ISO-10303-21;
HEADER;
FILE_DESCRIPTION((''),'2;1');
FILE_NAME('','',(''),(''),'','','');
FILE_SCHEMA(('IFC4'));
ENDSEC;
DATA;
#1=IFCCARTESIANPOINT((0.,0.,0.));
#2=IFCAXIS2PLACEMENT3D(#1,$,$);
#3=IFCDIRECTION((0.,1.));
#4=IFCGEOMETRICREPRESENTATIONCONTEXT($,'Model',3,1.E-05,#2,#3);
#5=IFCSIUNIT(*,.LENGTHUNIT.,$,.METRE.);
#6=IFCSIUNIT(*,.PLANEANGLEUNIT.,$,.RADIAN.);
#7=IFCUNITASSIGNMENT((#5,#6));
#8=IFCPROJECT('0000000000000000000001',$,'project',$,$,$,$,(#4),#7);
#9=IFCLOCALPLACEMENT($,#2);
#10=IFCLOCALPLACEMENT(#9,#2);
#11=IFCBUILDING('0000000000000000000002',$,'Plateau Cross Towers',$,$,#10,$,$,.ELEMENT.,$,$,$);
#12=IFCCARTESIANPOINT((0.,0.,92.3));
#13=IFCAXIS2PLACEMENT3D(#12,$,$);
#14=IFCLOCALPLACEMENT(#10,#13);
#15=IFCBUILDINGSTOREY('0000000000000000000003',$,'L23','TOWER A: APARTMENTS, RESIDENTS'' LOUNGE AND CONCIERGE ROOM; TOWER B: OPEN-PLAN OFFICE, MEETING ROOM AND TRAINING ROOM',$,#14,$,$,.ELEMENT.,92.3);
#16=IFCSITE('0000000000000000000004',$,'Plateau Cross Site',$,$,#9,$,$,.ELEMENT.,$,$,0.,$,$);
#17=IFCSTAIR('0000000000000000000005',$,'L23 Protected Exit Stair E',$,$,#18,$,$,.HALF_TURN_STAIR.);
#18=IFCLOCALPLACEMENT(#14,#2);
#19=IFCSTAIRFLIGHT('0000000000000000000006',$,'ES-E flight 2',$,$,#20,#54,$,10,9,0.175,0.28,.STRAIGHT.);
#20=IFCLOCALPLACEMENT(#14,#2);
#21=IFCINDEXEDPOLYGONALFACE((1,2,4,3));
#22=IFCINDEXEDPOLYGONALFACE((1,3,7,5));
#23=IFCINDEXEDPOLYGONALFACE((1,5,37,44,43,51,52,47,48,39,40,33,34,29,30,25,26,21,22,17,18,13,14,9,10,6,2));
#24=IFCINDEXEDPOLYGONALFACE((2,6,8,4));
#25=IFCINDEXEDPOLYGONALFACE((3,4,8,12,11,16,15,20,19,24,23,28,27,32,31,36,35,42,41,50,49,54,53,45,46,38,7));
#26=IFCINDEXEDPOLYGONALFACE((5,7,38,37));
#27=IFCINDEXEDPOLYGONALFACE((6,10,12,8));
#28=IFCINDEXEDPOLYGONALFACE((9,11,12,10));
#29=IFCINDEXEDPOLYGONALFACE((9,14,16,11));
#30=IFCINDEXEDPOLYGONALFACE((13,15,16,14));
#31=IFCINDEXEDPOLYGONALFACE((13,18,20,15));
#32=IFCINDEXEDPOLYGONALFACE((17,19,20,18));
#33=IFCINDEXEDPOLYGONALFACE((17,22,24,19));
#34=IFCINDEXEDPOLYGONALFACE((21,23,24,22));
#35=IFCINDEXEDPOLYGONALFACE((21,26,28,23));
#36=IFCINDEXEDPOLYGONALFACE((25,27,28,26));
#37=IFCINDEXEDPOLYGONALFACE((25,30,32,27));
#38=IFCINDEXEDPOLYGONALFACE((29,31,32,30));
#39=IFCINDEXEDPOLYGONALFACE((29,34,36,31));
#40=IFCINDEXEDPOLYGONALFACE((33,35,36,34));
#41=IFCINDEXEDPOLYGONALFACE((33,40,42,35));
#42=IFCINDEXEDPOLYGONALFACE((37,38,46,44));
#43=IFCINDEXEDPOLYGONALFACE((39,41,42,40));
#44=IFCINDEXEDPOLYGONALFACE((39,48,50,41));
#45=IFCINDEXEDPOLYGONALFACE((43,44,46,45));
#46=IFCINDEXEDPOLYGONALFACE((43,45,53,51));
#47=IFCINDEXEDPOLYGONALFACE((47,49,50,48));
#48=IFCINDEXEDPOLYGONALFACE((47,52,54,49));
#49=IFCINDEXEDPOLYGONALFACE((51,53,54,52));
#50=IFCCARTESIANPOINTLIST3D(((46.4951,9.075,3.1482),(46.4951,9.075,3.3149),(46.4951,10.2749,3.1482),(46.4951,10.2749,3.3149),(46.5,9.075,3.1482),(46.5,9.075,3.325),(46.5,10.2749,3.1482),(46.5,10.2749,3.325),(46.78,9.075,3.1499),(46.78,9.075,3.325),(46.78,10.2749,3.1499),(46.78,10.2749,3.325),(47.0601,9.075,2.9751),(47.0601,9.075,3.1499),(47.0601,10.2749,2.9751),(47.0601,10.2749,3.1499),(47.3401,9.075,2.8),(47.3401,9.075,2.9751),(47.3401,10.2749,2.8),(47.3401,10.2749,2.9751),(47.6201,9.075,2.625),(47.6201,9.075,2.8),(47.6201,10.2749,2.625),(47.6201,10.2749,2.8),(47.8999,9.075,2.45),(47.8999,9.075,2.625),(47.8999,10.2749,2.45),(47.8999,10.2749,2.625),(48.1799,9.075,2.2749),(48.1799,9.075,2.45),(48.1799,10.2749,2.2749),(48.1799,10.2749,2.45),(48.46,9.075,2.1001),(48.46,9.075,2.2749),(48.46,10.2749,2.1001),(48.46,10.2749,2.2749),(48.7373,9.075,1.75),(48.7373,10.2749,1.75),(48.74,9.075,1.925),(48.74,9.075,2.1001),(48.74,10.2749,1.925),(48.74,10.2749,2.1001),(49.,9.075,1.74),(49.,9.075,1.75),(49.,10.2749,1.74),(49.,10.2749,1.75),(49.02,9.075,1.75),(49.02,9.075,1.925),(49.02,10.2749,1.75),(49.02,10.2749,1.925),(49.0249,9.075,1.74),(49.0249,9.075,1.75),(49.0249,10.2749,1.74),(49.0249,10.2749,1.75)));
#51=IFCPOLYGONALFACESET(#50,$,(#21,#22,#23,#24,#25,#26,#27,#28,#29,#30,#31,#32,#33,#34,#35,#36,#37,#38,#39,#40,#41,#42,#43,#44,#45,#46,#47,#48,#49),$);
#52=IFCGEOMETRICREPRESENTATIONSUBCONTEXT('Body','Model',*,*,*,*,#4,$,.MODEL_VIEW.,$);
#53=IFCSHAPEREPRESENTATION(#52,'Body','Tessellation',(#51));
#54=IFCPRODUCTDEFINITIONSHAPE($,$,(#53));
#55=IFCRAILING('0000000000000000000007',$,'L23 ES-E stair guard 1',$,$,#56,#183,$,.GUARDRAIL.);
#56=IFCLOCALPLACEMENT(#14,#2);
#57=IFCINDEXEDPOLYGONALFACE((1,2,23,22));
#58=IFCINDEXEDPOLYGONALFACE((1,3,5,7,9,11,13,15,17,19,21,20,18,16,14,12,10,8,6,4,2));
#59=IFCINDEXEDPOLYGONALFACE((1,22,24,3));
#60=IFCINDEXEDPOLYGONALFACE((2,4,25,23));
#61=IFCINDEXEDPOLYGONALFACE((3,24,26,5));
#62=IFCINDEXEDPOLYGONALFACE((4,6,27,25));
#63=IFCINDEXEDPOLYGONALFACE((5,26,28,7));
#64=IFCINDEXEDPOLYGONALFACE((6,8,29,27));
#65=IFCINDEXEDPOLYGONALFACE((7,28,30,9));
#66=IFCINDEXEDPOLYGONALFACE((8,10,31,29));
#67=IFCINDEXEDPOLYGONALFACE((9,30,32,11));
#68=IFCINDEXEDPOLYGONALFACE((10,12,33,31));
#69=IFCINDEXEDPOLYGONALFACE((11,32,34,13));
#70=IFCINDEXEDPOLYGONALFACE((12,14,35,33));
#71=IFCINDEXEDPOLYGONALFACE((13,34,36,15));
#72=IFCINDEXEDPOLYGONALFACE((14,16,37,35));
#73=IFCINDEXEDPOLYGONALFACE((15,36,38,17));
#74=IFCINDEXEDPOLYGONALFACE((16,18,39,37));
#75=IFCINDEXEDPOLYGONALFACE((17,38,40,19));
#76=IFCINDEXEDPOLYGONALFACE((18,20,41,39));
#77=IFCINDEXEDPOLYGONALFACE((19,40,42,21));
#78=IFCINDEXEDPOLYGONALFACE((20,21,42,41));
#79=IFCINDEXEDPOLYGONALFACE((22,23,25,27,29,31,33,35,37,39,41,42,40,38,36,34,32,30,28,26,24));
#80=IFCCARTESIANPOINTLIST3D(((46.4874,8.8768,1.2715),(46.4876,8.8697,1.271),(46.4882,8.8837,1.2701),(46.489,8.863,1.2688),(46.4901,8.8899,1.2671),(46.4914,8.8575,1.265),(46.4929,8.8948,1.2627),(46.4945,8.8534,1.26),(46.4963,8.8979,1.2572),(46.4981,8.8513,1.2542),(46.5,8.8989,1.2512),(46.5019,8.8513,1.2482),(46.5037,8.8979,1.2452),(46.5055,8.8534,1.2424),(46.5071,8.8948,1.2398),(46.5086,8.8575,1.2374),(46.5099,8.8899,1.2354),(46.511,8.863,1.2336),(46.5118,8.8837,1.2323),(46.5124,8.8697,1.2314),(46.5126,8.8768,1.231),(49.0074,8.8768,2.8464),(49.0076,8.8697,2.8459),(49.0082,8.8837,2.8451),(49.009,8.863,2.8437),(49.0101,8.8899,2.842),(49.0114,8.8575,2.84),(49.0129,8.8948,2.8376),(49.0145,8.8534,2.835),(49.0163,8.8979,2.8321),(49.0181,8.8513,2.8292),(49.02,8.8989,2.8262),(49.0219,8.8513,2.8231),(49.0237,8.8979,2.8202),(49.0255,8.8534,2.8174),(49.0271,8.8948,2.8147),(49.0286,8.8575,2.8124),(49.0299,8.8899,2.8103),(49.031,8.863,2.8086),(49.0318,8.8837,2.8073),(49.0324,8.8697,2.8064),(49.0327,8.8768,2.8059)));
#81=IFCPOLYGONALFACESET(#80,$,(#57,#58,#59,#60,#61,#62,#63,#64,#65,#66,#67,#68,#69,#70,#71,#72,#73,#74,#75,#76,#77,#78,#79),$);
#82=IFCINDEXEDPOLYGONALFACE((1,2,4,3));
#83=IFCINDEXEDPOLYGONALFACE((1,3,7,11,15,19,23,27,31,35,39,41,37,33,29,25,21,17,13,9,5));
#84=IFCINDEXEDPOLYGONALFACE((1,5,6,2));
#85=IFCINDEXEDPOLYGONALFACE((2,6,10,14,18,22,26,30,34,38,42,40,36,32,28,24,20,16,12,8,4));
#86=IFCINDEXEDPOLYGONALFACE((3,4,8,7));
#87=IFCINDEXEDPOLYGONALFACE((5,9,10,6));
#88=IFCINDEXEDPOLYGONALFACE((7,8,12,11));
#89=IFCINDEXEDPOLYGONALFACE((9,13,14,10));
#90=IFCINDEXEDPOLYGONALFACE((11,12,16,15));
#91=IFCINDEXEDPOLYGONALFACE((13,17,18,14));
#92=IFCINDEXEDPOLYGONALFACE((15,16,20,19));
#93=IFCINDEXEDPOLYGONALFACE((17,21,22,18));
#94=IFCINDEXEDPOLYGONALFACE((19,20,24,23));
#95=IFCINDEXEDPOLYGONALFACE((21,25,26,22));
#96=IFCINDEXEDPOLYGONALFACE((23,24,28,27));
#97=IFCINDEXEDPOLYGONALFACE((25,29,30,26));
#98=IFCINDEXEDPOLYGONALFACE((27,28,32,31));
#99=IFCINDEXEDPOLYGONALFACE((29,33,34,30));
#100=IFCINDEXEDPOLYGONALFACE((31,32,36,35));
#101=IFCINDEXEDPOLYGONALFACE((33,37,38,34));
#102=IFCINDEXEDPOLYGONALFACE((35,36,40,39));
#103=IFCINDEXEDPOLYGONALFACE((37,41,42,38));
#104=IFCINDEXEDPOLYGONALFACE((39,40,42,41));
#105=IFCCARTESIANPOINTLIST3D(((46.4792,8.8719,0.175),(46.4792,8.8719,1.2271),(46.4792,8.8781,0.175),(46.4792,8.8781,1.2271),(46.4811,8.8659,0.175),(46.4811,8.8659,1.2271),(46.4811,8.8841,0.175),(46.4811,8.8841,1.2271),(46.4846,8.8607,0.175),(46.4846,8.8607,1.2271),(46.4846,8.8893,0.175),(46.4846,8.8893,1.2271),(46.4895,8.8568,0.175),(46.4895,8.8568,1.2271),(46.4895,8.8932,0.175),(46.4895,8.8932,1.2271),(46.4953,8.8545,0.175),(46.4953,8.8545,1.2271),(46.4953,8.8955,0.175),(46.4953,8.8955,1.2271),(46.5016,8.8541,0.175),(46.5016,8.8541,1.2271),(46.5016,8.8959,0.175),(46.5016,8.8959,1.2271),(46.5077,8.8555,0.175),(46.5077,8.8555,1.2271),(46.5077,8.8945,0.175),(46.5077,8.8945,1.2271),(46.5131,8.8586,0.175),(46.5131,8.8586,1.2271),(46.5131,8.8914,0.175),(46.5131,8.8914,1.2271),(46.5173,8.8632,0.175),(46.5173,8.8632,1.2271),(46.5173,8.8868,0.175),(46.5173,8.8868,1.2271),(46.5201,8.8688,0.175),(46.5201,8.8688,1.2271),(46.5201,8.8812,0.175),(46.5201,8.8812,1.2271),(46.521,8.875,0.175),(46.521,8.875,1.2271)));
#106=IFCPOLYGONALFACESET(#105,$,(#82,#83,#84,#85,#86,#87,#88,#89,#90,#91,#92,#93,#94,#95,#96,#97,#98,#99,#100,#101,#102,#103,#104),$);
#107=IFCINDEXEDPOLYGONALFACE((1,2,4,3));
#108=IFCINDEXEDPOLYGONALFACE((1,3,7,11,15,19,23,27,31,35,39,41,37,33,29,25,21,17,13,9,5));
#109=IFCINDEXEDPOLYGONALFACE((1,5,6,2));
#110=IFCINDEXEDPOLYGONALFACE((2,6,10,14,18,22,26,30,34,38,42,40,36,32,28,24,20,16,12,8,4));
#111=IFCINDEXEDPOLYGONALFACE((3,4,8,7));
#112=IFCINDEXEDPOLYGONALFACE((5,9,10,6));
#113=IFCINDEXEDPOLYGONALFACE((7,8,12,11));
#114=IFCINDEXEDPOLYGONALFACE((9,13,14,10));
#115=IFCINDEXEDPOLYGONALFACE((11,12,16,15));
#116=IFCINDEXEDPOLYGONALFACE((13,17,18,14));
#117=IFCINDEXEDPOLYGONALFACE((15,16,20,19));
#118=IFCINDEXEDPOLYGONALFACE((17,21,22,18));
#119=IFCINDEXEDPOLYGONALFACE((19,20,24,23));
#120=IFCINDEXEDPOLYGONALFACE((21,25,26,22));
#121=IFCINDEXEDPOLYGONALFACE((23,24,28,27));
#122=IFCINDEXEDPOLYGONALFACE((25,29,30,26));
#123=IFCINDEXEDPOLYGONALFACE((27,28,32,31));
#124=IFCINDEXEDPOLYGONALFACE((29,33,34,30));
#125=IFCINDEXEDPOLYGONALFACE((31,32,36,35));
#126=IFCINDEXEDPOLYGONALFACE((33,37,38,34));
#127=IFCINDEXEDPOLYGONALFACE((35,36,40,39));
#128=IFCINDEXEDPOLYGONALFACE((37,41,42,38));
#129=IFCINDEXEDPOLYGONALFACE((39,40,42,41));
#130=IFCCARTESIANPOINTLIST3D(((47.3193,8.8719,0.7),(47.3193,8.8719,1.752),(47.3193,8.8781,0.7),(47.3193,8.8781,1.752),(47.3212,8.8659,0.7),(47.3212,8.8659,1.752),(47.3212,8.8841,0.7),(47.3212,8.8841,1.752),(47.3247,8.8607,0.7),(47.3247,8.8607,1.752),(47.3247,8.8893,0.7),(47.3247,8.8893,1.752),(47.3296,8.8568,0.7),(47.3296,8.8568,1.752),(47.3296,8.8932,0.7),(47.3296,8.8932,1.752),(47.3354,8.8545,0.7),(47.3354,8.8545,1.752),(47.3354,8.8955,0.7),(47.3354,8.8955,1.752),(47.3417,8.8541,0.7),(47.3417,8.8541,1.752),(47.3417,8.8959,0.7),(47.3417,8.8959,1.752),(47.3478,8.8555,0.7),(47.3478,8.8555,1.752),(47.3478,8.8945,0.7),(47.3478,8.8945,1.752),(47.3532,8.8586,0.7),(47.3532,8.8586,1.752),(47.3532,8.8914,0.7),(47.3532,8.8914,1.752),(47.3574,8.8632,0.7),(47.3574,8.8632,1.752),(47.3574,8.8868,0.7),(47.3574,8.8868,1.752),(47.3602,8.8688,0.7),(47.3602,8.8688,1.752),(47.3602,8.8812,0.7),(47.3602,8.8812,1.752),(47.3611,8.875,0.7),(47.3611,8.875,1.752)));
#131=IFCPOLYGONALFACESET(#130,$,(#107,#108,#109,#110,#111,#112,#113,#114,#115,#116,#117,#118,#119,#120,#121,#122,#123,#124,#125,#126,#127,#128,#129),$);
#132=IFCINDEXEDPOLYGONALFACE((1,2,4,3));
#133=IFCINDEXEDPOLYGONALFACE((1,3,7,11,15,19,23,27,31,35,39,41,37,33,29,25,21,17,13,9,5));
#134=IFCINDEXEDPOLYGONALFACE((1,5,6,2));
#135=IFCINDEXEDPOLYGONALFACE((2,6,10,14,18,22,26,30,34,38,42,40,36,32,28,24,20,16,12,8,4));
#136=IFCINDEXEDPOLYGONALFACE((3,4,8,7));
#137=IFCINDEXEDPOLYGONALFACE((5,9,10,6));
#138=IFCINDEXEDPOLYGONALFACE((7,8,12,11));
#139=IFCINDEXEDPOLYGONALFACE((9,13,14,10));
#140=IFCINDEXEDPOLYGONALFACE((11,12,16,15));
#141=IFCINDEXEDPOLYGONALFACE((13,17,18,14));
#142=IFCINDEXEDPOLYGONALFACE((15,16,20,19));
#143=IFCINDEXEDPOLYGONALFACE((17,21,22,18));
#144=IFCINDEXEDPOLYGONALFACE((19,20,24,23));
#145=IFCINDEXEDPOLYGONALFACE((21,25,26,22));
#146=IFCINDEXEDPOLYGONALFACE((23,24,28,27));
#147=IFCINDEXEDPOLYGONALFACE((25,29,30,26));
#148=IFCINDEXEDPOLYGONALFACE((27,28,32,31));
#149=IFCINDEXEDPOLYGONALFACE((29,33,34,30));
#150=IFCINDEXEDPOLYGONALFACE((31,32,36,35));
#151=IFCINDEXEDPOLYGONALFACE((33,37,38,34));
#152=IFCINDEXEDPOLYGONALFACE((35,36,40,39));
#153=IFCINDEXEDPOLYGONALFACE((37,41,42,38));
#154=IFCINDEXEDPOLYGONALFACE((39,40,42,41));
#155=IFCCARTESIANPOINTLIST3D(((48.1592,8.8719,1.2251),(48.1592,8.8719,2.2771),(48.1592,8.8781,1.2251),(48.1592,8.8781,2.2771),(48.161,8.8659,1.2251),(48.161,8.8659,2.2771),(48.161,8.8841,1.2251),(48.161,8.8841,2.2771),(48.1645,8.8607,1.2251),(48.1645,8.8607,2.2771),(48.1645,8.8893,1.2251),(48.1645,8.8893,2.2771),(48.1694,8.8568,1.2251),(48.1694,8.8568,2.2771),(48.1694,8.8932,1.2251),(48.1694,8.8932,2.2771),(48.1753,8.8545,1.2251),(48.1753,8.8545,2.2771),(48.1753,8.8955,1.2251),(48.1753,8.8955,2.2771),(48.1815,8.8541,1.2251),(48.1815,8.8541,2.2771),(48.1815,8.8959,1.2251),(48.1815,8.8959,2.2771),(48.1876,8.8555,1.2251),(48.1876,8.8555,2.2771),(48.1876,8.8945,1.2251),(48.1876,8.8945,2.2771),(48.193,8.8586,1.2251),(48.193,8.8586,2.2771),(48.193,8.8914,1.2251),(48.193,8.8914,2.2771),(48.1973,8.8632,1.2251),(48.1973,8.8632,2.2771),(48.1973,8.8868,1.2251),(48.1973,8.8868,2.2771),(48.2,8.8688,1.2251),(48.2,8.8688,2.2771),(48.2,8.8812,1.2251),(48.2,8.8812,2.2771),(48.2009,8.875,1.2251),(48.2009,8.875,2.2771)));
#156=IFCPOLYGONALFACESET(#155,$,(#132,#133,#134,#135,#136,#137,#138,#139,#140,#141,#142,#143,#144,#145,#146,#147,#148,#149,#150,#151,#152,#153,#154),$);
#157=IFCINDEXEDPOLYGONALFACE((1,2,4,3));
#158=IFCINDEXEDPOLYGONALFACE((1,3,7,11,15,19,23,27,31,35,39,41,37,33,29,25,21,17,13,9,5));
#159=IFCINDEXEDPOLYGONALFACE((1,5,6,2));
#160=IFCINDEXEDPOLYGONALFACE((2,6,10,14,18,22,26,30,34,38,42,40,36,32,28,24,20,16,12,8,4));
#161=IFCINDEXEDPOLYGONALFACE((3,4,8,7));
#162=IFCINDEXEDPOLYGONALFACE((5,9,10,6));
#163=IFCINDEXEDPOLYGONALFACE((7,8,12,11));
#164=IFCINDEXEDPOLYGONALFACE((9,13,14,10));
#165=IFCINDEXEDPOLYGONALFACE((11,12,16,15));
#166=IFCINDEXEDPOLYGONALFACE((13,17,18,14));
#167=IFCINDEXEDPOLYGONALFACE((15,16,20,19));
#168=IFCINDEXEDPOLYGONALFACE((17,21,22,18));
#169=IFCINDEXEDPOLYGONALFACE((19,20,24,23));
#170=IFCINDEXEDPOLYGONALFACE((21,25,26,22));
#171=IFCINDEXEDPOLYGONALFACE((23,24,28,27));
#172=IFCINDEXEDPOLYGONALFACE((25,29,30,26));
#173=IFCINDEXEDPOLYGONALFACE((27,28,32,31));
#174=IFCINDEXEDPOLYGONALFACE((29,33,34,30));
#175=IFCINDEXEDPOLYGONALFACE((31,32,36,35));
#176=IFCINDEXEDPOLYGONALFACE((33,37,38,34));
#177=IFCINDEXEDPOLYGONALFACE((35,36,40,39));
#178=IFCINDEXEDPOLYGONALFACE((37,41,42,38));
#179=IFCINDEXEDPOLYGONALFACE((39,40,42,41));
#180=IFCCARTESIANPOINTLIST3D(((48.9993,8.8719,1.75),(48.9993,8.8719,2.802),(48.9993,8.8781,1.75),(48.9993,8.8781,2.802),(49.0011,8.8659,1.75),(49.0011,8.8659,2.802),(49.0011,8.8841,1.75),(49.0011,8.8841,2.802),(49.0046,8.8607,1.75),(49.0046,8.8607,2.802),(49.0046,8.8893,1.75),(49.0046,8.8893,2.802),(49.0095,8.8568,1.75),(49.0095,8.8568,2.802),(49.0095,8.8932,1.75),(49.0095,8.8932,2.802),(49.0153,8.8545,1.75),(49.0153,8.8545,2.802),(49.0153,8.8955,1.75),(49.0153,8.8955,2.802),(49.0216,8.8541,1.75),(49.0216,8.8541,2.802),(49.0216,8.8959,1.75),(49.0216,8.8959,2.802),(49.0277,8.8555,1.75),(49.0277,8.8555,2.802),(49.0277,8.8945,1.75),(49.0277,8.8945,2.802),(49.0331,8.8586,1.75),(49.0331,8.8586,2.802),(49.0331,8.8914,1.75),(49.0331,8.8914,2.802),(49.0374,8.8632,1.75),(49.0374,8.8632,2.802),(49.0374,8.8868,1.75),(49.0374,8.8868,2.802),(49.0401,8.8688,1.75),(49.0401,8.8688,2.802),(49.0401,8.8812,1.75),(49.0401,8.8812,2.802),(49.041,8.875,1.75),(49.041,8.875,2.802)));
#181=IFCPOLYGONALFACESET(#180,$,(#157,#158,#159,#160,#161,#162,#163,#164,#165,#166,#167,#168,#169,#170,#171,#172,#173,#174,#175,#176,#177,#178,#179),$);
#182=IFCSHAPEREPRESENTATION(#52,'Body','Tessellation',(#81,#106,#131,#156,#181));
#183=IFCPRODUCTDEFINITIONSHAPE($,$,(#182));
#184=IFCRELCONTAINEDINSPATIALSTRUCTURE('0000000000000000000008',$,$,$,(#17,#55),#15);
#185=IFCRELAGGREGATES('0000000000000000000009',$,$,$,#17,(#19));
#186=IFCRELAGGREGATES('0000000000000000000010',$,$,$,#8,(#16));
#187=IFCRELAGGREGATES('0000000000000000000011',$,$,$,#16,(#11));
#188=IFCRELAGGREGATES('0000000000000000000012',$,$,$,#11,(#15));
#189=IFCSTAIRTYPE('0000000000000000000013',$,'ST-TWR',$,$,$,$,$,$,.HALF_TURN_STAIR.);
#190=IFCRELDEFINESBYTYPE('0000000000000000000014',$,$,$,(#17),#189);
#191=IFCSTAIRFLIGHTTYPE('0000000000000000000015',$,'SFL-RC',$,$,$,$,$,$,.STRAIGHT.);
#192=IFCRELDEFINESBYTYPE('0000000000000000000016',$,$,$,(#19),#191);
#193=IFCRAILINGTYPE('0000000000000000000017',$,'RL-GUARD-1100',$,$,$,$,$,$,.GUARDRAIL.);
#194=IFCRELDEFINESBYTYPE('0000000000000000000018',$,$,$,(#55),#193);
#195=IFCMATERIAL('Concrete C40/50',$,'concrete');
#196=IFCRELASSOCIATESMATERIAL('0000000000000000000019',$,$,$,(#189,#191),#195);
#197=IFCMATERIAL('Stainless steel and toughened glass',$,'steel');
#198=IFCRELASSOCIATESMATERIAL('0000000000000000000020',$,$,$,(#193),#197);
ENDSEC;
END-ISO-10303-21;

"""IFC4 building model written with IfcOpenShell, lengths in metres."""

from ifc_helpers import new_model, si_unit, direction, frame, origin, origin_2d, place, context, subcontext, project, spatial, polyline, circle, outline, extrude, material, type_object, element, aggregate, save


model = new_model("IFC4")

# Units and contexts
model_context = context("Model", 3, precision=1e-05, world=origin(), true_north=direction((0.0, 1.0)))
body_context = subcontext(model_context, "Body", "Model", "MODEL_VIEW")
ifc_project = project(units=[si_unit("LENGTHUNIT", "METRE"), si_unit("PLANEANGLEUNIT", "RADIAN")], contexts=[model_context])

# Site, building, storey
site_placement = place(None, origin())
site = spatial("IfcSite", under=ifc_project, at=site_placement, Name="Plateau Cross Site", CompositionType="ELEMENT", RefElevation=0.0)
building_placement = place(site_placement, origin())
building = spatial("IfcBuilding", under=site, at=building_placement, Name="Plateau Cross Towers", CompositionType="ELEMENT")
storey_placement = place(building_placement, frame((0.0, 0.0, 92.3)))
storey = spatial("IfcBuildingStorey", under=building, at=storey_placement, Name="L23", Description="TOWER A: APARTMENTS, RESIDENTS' LOUNGE AND CONCIERGE ROOM; TOWER B: OPEN-PLAN OFFICE, MEETING ROOM AND TRAINING ROOM", CompositionType="ELEMENT", Elevation=92.3)

# Stair, stair flight
ifc_material_1 = material(Name="Concrete C40/50", Category="concrete")
stair_type = type_object("IfcStairType", Name="ST-TWR", PredefinedType="HALF_TURN_STAIR", material=ifc_material_1)
stair_placement = place(storey_placement, origin())
stair = element("IfcStair", 1, at=stair_placement, inside=storey, type_object=stair_type, Name="L23 Protected Exit Stair E", PredefinedType="HALF_TURN_STAIR")
stair_flight_type = type_object("IfcStairFlightType", Name="SFL-RC", PredefinedType="STRAIGHT", material=ifc_material_1)
stair_flight_1_placement = place(storey_placement, frame((49.02, 9.675, 1.75), z_axis=(0.0, 0.0, 1.0), x_axis=(-1.0, 0.0, 0.0)))
stair_flight_1 = element("IfcStairFlight", 2, at=stair_flight_1_placement, type_object=stair_flight_type, Name="ES-E flight 2", NumberOfRisers=10, NumberOfTreads=9, PredefinedType="STRAIGHT", RiserHeight=0.175, TreadLength=0.28, context=body_context, shape_type="SweptSolid", body=[
    extrude(outline(polyline([(-0.0049, -0.01), (-0.0049, 0.0), (0.0, 0.0), (0.0, 0.175), (0.28, 0.175), (0.28, 0.3501), (0.5601, 0.3501), (0.5601, 0.5249), (0.8401, 0.5249), (0.8401, 0.7), (1.1201, 0.7), (1.1201, 0.875), (1.3999, 0.875), (1.3999, 1.05), (1.6799, 1.05), (1.6799, 1.2251), (1.96, 1.2251), (1.96, 1.3999), (2.24, 1.3999), (2.24, 1.575), (2.52, 1.575), (2.5249, 1.5649), (2.5249, 1.3982), (2.52, 1.3982), (0.2827, 0.0), (0.02, 0.0), (0.02, -0.01), (-0.0049, -0.01)])), frame((0.0, 0.6001, 0.0), z_axis=(0.0, -1.0, 0.0), x_axis=(1.0, 0.0, 0.0)), (0.0, 0.0, 1.0), 1.2),
])
aggregate(stair, [stair_flight_1])

# Railing
ifc_material_2 = material(Name="Stainless steel and toughened glass", Category="steel")
railing_type_1 = type_object("IfcRailingType", Name="RL-GUARD-1100", PredefinedType="GUARDRAIL", material=ifc_material_2)
railing_1_placement = place(storey_placement, frame((46.5, 8.875, 0.175)))
element("IfcRailing", 3, at=railing_1_placement, inside=storey, type_object=railing_type_1, Name="L23 ES-E stair guard 1", PredefinedType="GUARDRAIL", context=body_context, shape_type="SweptSolid", body=[
    extrude(circle(Radius=0.0239, at=origin_2d()), frame((0.0, 0.0, 1.0762), z_axis=(0.848008, 0.0, 0.529984), x_axis=(0.0, 1.0, 0.0)), (0.0, 0.0, 1.0), 2.9717),
    extrude(circle(Radius=0.021, at=origin_2d()), origin(), (0.0, 0.0, 1.0), 1.052),
    extrude(circle(Radius=0.021, at=origin_2d()), frame((0.8401, 0.0, 0.5249)), (0.0, 0.0, 1.0), 1.052),
    extrude(circle(Radius=0.021, at=origin_2d()), frame((1.6799, 0.0, 1.05)), (0.0, 0.0, 1.0), 1.052),
    extrude(circle(Radius=0.021, at=origin_2d()), frame((2.52, 0.0, 1.575)), (0.0, 0.0, 1.0), 1.052),
])

save(model, "model.ifc")
